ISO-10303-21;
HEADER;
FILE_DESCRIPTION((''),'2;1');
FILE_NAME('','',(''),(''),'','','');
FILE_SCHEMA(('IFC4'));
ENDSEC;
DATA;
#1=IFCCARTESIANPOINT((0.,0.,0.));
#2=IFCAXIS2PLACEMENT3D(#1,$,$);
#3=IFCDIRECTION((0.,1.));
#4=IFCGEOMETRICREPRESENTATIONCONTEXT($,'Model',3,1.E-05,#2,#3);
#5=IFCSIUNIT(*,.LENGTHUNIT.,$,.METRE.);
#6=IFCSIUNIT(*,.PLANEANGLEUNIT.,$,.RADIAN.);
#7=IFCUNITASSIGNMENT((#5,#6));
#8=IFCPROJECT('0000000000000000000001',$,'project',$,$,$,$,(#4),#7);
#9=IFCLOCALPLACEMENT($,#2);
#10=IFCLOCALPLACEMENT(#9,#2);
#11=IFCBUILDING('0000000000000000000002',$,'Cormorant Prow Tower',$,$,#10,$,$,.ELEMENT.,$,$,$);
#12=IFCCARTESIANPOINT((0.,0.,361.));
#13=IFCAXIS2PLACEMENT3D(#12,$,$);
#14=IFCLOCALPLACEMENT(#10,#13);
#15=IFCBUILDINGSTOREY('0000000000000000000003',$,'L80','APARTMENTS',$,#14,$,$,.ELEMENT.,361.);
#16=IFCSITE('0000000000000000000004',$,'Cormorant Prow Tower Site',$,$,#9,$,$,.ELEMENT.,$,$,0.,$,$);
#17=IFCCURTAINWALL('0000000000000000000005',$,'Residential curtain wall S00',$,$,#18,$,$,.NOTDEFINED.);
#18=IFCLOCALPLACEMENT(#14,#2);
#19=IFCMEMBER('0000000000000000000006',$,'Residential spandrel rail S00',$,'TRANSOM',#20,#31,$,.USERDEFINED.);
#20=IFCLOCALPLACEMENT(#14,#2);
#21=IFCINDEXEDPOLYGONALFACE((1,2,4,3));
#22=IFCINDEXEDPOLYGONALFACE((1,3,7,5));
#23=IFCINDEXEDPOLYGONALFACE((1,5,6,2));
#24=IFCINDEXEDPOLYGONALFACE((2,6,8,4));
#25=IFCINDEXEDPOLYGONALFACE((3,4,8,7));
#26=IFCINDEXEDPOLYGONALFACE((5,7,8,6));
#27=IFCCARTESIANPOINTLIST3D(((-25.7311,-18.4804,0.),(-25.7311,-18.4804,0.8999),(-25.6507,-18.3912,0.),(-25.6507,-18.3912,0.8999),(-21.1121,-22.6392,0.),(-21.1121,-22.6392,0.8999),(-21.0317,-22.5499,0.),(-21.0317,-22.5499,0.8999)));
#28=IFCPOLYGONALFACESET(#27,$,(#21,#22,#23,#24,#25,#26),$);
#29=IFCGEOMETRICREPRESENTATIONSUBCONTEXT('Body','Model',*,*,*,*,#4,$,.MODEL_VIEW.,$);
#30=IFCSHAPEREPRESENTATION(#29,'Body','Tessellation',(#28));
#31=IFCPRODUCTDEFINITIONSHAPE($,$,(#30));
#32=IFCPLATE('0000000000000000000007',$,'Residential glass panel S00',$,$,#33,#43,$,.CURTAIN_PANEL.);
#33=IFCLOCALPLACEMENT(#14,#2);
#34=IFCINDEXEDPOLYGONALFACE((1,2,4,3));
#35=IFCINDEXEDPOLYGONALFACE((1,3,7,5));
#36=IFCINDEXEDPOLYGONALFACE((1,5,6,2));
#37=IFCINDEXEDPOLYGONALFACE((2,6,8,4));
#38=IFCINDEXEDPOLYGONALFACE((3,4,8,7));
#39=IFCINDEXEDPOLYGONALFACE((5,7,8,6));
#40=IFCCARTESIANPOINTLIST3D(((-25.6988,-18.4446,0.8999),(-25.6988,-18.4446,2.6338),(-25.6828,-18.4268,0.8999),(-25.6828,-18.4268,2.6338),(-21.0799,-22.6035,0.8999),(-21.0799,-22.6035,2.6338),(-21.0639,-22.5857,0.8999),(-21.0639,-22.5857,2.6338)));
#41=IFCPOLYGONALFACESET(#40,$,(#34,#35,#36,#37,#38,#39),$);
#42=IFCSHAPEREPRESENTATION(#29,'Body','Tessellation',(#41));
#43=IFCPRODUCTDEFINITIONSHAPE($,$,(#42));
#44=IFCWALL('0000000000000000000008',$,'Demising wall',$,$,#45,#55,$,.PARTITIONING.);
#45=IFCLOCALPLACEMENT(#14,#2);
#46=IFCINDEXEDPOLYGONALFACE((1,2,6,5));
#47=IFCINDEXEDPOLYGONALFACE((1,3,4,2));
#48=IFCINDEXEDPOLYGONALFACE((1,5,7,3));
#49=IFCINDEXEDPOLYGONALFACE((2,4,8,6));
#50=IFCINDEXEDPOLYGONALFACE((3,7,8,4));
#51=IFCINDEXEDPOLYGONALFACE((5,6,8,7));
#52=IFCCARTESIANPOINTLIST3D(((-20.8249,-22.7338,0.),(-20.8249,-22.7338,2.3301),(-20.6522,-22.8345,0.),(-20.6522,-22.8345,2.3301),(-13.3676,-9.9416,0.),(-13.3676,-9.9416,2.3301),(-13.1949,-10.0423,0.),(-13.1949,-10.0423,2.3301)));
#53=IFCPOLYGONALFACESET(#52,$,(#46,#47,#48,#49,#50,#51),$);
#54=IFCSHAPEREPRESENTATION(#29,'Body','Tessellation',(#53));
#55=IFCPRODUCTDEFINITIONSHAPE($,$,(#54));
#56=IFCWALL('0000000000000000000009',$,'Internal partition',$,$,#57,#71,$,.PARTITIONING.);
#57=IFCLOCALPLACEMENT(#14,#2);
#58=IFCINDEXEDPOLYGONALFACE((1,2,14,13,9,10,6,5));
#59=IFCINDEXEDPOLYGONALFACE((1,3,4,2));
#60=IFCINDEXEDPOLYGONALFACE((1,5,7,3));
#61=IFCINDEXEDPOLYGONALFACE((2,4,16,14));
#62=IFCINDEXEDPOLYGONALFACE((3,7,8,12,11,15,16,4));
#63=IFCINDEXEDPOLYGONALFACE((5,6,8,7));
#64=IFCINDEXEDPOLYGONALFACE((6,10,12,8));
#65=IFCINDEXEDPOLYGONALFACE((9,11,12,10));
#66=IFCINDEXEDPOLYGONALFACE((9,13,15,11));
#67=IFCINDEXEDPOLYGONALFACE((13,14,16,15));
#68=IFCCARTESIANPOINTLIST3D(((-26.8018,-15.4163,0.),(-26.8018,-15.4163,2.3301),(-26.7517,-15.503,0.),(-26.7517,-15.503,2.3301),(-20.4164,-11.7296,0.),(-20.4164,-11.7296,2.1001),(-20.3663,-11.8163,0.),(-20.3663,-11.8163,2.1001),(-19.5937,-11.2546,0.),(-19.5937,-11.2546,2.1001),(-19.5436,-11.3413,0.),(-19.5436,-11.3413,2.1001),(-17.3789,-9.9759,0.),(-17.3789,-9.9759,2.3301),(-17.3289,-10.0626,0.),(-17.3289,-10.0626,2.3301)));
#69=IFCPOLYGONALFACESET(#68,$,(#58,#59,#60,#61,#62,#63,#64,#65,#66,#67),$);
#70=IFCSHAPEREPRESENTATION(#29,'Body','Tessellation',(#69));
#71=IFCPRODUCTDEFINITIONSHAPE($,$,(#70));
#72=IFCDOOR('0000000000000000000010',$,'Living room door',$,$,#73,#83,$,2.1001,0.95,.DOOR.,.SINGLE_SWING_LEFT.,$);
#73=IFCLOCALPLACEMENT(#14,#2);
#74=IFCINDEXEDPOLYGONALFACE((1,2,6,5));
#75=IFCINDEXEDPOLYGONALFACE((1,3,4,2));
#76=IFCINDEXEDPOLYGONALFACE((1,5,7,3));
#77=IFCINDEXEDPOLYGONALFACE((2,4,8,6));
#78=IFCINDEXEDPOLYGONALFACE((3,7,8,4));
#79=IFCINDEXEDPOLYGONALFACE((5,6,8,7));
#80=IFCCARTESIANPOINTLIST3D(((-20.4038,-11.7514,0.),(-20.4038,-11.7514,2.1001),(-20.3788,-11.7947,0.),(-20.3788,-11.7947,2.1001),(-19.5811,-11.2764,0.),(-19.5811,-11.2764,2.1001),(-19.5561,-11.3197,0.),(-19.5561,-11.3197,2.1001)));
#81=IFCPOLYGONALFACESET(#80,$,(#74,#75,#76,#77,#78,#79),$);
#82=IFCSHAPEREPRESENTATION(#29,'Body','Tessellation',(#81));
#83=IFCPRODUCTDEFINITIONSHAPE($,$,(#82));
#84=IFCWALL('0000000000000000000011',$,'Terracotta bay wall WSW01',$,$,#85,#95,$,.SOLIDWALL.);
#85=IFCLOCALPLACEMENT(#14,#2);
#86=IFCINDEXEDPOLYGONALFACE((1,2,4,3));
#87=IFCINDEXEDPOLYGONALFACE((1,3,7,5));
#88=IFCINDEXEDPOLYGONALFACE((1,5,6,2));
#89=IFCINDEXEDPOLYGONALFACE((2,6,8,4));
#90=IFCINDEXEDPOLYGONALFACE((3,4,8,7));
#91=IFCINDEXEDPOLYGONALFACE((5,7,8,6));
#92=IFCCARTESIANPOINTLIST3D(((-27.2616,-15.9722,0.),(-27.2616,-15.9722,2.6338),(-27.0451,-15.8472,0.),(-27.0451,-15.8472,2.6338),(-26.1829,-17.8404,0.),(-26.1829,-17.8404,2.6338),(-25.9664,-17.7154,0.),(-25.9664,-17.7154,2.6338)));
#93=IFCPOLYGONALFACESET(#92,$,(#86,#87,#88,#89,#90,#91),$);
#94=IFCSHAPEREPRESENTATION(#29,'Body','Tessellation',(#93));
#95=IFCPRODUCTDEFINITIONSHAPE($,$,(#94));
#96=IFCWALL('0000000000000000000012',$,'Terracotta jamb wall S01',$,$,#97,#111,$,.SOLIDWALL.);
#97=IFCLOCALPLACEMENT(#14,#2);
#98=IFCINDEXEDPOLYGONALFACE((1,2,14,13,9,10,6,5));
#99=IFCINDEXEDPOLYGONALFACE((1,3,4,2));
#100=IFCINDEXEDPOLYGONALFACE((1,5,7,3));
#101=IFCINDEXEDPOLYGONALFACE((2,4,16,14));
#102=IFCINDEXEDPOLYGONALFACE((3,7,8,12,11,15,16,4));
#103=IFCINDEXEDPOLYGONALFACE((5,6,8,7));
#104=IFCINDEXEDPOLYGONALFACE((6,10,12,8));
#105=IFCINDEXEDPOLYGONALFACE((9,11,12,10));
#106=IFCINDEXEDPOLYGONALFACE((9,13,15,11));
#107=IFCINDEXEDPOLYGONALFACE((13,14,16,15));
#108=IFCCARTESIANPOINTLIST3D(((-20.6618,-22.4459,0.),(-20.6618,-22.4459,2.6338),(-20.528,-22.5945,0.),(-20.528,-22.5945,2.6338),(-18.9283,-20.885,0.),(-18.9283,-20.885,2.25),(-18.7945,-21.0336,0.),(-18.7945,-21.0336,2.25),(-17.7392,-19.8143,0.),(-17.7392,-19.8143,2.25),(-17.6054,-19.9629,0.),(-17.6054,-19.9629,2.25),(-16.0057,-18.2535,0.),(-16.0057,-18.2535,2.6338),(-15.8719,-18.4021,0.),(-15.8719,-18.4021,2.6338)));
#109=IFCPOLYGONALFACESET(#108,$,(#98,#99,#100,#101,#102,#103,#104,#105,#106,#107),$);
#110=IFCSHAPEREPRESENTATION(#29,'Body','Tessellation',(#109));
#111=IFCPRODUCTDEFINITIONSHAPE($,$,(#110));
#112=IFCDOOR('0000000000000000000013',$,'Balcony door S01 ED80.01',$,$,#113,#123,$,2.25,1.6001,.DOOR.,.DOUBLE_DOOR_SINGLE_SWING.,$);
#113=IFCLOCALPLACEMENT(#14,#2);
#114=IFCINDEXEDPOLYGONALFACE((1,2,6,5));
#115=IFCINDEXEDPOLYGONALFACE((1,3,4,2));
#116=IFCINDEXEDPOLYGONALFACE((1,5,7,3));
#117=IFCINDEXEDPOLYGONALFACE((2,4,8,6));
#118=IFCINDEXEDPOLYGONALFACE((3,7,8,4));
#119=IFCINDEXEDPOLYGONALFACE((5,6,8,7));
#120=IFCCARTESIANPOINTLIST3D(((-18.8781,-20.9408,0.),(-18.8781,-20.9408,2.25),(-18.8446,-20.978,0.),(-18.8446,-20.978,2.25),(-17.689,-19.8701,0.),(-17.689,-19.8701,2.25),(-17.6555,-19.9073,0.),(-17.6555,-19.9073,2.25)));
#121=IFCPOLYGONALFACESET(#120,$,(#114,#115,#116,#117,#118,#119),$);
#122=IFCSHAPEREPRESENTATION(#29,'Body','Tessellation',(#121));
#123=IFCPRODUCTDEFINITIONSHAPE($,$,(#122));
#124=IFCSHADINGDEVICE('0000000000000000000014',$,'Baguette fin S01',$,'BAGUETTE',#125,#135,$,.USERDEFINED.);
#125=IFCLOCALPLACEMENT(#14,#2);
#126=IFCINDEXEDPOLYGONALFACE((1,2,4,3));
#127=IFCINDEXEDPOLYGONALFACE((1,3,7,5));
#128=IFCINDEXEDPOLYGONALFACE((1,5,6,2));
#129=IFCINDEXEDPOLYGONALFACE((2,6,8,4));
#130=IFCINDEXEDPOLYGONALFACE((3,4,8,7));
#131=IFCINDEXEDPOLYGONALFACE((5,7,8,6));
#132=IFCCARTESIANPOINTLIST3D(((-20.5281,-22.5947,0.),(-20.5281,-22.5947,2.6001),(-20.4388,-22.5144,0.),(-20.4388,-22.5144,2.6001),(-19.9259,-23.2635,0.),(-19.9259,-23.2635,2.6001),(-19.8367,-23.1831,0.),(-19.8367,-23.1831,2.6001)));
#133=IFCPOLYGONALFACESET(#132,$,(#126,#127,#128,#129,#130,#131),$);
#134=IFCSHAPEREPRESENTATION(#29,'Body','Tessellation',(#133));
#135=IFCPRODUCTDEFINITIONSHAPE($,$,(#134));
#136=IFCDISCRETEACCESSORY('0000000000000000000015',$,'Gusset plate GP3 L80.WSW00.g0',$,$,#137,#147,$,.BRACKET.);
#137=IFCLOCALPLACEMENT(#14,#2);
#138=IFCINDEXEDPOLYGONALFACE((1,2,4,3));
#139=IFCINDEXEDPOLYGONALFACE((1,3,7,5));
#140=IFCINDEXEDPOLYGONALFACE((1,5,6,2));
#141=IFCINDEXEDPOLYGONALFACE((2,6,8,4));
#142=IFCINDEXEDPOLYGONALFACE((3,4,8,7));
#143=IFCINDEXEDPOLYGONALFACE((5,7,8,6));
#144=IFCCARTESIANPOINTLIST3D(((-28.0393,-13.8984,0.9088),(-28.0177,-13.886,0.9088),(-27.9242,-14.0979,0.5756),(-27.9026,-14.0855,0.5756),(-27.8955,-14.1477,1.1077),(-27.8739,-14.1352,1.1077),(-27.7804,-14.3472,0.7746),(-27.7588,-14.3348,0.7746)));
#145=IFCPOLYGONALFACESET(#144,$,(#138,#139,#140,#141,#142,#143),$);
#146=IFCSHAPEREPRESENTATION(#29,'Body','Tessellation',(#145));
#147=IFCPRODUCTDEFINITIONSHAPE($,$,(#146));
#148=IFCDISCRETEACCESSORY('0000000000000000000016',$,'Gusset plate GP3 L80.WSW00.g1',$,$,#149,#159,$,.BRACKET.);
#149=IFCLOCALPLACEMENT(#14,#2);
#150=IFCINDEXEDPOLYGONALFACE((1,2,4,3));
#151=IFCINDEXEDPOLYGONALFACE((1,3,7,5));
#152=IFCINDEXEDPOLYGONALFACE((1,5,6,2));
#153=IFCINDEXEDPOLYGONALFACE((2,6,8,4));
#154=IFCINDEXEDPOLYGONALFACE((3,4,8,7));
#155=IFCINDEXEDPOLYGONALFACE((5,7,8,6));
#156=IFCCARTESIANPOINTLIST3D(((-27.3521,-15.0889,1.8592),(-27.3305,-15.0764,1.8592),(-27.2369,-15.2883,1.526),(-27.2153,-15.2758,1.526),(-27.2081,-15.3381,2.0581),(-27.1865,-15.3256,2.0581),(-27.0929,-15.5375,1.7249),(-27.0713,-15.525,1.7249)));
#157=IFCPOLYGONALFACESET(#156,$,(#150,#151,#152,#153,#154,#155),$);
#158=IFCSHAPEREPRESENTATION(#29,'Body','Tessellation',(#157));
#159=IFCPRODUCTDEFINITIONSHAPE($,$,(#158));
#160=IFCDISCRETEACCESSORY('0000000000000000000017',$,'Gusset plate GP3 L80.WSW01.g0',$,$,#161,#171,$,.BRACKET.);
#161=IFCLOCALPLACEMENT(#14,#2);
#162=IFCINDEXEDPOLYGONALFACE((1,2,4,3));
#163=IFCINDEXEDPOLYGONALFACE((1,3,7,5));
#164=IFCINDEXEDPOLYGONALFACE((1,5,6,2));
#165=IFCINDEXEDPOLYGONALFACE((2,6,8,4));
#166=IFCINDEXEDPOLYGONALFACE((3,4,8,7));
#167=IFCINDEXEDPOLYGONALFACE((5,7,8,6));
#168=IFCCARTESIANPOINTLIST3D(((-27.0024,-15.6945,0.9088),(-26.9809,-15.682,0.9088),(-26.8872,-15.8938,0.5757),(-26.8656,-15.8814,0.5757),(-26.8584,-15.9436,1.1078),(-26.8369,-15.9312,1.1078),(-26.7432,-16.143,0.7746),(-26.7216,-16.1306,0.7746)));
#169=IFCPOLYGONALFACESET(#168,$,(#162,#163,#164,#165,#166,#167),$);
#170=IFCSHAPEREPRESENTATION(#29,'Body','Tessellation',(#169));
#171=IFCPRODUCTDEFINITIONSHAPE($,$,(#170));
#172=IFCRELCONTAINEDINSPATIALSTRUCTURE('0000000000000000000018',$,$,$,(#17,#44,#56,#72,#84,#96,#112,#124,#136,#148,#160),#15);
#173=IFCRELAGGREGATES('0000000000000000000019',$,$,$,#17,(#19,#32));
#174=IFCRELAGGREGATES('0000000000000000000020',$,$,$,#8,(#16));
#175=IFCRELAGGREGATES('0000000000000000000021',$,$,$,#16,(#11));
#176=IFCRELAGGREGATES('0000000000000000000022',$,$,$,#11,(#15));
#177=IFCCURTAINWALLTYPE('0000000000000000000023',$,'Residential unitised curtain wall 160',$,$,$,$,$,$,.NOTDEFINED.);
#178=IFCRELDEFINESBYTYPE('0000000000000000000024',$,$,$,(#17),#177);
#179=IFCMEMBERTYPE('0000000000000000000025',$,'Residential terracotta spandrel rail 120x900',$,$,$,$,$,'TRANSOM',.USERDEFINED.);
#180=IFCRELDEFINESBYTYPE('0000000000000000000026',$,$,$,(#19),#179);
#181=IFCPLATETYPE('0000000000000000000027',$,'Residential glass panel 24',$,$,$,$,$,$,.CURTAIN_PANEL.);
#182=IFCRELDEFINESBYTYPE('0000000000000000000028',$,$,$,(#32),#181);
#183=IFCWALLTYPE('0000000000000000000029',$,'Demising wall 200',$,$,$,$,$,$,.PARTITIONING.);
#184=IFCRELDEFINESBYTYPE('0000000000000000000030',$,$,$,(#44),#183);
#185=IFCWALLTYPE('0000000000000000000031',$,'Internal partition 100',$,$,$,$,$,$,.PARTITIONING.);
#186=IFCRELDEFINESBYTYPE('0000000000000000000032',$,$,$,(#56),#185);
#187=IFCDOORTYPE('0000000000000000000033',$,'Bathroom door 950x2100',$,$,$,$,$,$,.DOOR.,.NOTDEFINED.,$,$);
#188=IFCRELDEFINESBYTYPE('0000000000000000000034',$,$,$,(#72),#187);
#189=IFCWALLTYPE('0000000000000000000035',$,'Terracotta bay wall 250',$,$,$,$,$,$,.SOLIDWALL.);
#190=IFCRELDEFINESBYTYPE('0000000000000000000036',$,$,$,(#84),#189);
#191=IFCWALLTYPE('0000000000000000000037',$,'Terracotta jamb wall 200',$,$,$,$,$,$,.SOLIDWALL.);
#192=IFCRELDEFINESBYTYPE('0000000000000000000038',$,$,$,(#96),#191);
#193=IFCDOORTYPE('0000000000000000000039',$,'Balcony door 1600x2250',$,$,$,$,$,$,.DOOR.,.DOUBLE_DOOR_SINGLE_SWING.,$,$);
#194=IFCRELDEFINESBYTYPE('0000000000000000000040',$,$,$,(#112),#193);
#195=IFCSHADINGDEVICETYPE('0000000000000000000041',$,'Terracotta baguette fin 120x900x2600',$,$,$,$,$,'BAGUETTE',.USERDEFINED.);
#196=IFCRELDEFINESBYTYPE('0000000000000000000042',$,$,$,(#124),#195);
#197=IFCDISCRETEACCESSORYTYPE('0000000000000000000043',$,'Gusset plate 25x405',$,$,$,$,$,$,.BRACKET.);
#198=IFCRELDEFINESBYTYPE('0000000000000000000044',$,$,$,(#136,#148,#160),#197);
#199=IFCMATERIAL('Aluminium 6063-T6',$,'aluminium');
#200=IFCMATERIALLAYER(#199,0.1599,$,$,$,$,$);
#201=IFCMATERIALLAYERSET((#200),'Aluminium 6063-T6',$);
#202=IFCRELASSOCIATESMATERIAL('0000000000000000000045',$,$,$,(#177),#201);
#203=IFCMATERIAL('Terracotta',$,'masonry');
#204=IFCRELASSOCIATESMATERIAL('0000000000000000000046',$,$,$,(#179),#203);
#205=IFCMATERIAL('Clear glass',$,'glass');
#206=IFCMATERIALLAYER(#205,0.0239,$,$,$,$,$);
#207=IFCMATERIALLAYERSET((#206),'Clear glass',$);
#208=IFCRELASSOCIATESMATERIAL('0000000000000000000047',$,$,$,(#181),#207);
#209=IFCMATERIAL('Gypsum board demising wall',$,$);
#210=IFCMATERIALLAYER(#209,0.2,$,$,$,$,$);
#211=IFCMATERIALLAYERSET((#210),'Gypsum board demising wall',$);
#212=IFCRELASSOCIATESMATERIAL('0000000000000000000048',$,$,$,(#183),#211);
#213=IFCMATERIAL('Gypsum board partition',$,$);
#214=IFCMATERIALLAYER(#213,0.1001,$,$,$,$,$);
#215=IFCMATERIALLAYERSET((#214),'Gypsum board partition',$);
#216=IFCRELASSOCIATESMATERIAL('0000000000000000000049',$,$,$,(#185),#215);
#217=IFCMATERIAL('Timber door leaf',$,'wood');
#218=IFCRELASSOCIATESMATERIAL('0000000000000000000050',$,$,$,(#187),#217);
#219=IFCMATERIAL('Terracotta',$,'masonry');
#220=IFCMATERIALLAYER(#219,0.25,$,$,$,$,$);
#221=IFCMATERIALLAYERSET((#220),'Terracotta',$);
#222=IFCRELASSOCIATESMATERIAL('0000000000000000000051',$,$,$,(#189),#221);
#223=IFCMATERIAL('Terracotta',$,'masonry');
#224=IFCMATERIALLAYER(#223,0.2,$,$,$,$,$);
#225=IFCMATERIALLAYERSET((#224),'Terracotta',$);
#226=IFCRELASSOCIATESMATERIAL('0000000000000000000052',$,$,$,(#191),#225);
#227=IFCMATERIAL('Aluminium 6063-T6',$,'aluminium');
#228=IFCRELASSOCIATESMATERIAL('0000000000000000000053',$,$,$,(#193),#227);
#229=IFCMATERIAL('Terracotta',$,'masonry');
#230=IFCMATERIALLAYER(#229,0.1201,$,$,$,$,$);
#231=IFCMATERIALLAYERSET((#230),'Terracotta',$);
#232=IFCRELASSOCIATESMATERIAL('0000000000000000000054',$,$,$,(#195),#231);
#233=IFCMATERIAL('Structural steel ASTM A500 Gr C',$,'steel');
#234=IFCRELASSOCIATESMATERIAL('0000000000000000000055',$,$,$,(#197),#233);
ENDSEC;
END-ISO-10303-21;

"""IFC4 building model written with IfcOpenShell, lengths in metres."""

from ifc_helpers import new_model, si_unit, direction, frame, frame_2d, origin, origin_2d, place, context, subcontext, project, spatial, rectangle, extrude, material, layer, layer_set, material_profile, profile_set, type_object, element, fill, aggregate, save


model = new_model("IFC4")

# Units and contexts
model_context = context("Model", 3, precision=1e-05, world=origin(), true_north=direction((0.0, 1.0)))
body_context = subcontext(model_context, "Body", "Model", "MODEL_VIEW")
ifc_project = project(units=[si_unit("LENGTHUNIT", "METRE"), si_unit("PLANEANGLEUNIT", "RADIAN")], contexts=[model_context])

# Site, building, storey
site_placement = place(None, origin())
site = spatial("IfcSite", under=ifc_project, at=site_placement, Name="Cormorant Prow Tower Site", CompositionType="ELEMENT", RefElevation=0.0)
building_placement = place(site_placement, origin())
building = spatial("IfcBuilding", under=site, at=building_placement, Name="Cormorant Prow Tower", CompositionType="ELEMENT")
storey_placement = place(building_placement, frame((0.0, 0.0, 361.0)))
storey = spatial("IfcBuildingStorey", under=building, at=storey_placement, Name="L80", Description="APARTMENTS", CompositionType="ELEMENT", Elevation=361.0)

# Curtain wall, member, plate
ifc_material_1 = material(Name="Aluminium 6063-T6", Category="aluminium")
ifc_layer_1 = layer(ifc_material_1, 0.1599)
ifc_layer_set_1 = layer_set([ifc_layer_1], Name="Aluminium 6063-T6")
curtain_wall_type = type_object("IfcCurtainWallType", Name="Residential unitised curtain wall 160", PredefinedType="NOTDEFINED", material=ifc_layer_set_1)
curtain_wall_placement = place(storey_placement, origin())
curtain_wall = element("IfcCurtainWall", 1, at=curtain_wall_placement, inside=storey, type_object=curtain_wall_type, Name="Residential curtain wall S00", PredefinedType="NOTDEFINED")
ifc_material_2 = material(Name="Terracotta", Category="masonry")
ifc_material_profile_1 = material_profile(ifc_material_2, rectangle(XDim=0.1201, YDim=0.8999, at=origin_2d()), Name="Residential terracotta spandrel rail 120x900")
ifc_profile_set_1 = profile_set([ifc_material_profile_1], Name="Terracotta")
member_type_1 = type_object("IfcMemberType", Name="Residential terracotta spandrel rail 120x900", ElementType="TRANSOM", PredefinedType="USERDEFINED", material=ifc_profile_set_1)
member_1_placement = place(storey_placement, frame((-25.6909, -18.4358, 0.45), z_axis=(0.743159, -0.669114, 0.0), x_axis=(0.669114, 0.743159, 0.0)))
member_1 = element("IfcMember", 2, at=member_1_placement, type_object=member_type_1, Name="Residential spandrel rail S00", ObjectType="TRANSOM", PredefinedType="USERDEFINED", context=body_context, shape_type="SweptSolid", body=[
    extrude(rectangle(XDim=0.1201, YDim=0.8999, at=origin_2d()), origin(), (0.0, 0.0, 1.0), 6.2153),
])
ifc_material_3 = material(Name="Clear glass", Category="glass")
ifc_layer_2 = layer(ifc_material_3, 0.0239)
ifc_layer_set_2 = layer_set([ifc_layer_2], Name="Clear glass")
plate_type = type_object("IfcPlateType", Name="Residential glass panel 24", PredefinedType="CURTAIN_PANEL", material=ifc_layer_set_2)
plate_placement = place(storey_placement, frame((-23.3813, -20.5151, 0.8999), z_axis=(0.0, 0.0, 1.0), x_axis=(0.743145, -0.669131, 0.0)))
plate = element("IfcPlate", 3, at=plate_placement, type_object=plate_type, Name="Residential glass panel S00", PredefinedType="CURTAIN_PANEL", context=body_context, shape_type="SweptSolid", body=[
    extrude(rectangle(XDim=6.2153, YDim=0.0239, at=origin_2d()), origin(), (0.0, 0.0, 1.0), 1.7339),
])
aggregate(curtain_wall, [member_1, plate])

# Wall
ifc_material_4 = material(Name="Gypsum board demising wall")
ifc_layer_3 = layer(ifc_material_4, 0.2)
ifc_layer_set_3 = layer_set([ifc_layer_3], Name="Gypsum board demising wall")
wall_type_1 = type_object("IfcWallType", Name="Demising wall 200", PredefinedType="PARTITIONING", material=ifc_layer_set_3)
wall_1_placement = place(storey_placement, frame((-20.7385, -22.7842, 0.0), z_axis=(0.0, 0.0, 1.0), x_axis=(0.503626, 0.863922, 0.0)))
element("IfcWall", 4, at=wall_1_placement, inside=storey, type_object=wall_type_1, Name="Demising wall", PredefinedType="PARTITIONING", context=body_context, shape_type="SweptSolid", body=[
    extrude(rectangle(XDim=14.8071, YDim=0.2, at=frame_2d((7.4036, 0.0))), origin(), (0.0, 0.0, 1.0), 2.3301),
])

# Wall, opening, door
ifc_material_5 = material(Name="Gypsum board partition")
ifc_layer_4 = layer(ifc_material_5, 0.1001)
ifc_layer_set_4 = layer_set([ifc_layer_4], Name="Gypsum board partition")
wall_type_2 = type_object("IfcWallType", Name="Internal partition 100", PredefinedType="PARTITIONING", material=ifc_layer_set_4)
wall_2_placement = place(storey_placement, frame((-26.7769, -15.4597, 0.0), z_axis=(0.0, 0.0, 1.0), x_axis=(0.86602, 0.50001, 0.0)))
wall_2 = element("IfcWall", 5, at=wall_2_placement, inside=storey, type_object=wall_type_2, Name="Internal partition", PredefinedType="PARTITIONING", context=body_context, shape_type="SweptSolid", body=[
    extrude(rectangle(XDim=10.8806, YDim=0.1001, at=frame_2d((5.4404, 0.0))), origin(), (0.0, 0.0, 1.0), 2.3301),
])
opening_1_placement = place(wall_2_placement, frame((7.3733, 0.0, 0.0)))
opening_1 = element("IfcOpeningElement", 6, at=opening_1_placement, cuts=wall_2, PredefinedType="OPENING", context=body_context, shape_type="SweptSolid", body=[
    extrude(rectangle(XDim=0.95, YDim=2.1001, at=frame_2d((0.4751, 1.05))), frame((0.0, 0.0601, 0.0), z_axis=(0.0, -1.0, 0.0), x_axis=(1.0, 0.0, 0.0)), (0.0, 0.0, 1.0), 0.1201),
])
ifc_material_6 = material(Name="Timber door leaf", Category="wood")
door_type_1 = type_object("IfcDoorType", Name="Bathroom door 950x2100", OperationType="NOTDEFINED", PredefinedType="DOOR", material=ifc_material_6)
door_1_placement = place(opening_1_placement, origin())
door_1 = element("IfcDoor", 7, at=door_1_placement, inside=storey, type_object=door_type_1, Name="Living room door", OperationType="SINGLE_SWING_LEFT", OverallHeight=2.1001, OverallWidth=0.95, PredefinedType="DOOR", context=body_context, shape_type="SweptSolid", body=[
    extrude(rectangle(XDim=0.95, YDim=2.1001, at=frame_2d((0.4751, 1.05))), frame((0.0, 0.0249, 0.0), z_axis=(0.0, -1.0, 0.0), x_axis=(1.0, 0.0, 0.0)), (0.0, 0.0, 1.0), 0.05),
])
fill(opening_1, door_1)

# Wall
ifc_material_7 = material(Name="Terracotta", Category="masonry")
ifc_layer_5 = layer(ifc_material_7, 0.25)
ifc_layer_set_5 = layer_set([ifc_layer_5], Name="Terracotta")
wall_type_3 = type_object("IfcWallType", Name="Terracotta bay wall 250", PredefinedType="SOLIDWALL", material=ifc_layer_set_5)
wall_3_placement = place(storey_placement, frame((-27.1533, -15.9097, 0.0), z_axis=(0.0, 0.0, 1.0), x_axis=(0.50001, -0.86602, 0.0)))
element("IfcWall", 8, at=wall_3_placement, inside=storey, type_object=wall_type_3, Name="Terracotta bay wall WSW01", PredefinedType="SOLIDWALL", context=body_context, shape_type="SweptSolid", body=[
    extrude(rectangle(XDim=2.1572, YDim=0.25, at=frame_2d((1.0786, 0.0))), origin(), (0.0, 0.0, 1.0), 2.6338),
])

# Wall, opening, door
ifc_material_8 = material(Name="Terracotta", Category="masonry")
ifc_layer_6 = layer(ifc_material_8, 0.2)
ifc_layer_set_6 = layer_set([ifc_layer_6], Name="Terracotta")
wall_type_4 = type_object("IfcWallType", Name="Terracotta jamb wall 200", PredefinedType="SOLIDWALL", material=ifc_layer_set_6)
wall_4_placement = place(storey_placement, frame((-20.595, -22.5203, 0.0), z_axis=(0.0, 0.0, 1.0), x_axis=(0.743137, 0.669139, 0.0)))
wall_4 = element("IfcWall", 9, at=wall_4_placement, inside=storey, type_object=wall_type_4, Name="Terracotta jamb wall S01", PredefinedType="SOLIDWALL", context=body_context, shape_type="SweptSolid", body=[
    extrude(rectangle(XDim=6.2654, YDim=0.2, at=frame_2d((3.1328, 0.0))), origin(), (0.0, 0.0, 1.0), 2.6338),
])
opening_2_placement = place(wall_4_placement, frame((2.3328, 0.0, 0.0)))
opening_2 = element("IfcOpeningElement", 10, at=opening_2_placement, cuts=wall_4, PredefinedType="OPENING", context=body_context, shape_type="SweptSolid", body=[
    extrude(rectangle(XDim=1.6001, YDim=2.25, at=frame_2d((0.8, 1.125))), frame((0.0, 0.1099, 0.0), z_axis=(0.0, -1.0, 0.0), x_axis=(1.0, 0.0, 0.0)), (0.0, 0.0, 1.0), 0.22),
])
ifc_material_9 = material(Name="Aluminium 6063-T6", Category="aluminium")
door_type_2 = type_object("IfcDoorType", Name="Balcony door 1600x2250", OperationType="DOUBLE_DOOR_SINGLE_SWING", PredefinedType="DOOR", material=ifc_material_9)
door_2_placement = place(opening_2_placement, origin())
door_2 = element("IfcDoor", 11, at=door_2_placement, inside=storey, type_object=door_type_2, Name="Balcony door S01 ED80.01", OperationType="DOUBLE_DOOR_SINGLE_SWING", OverallHeight=2.25, OverallWidth=1.6001, PredefinedType="DOOR", context=body_context, shape_type="SweptSolid", body=[
    extrude(rectangle(XDim=1.6001, YDim=2.25, at=frame_2d((0.8, 1.125))), frame((0.0, 0.0249, 0.0), z_axis=(0.0, -1.0, 0.0), x_axis=(1.0, 0.0, 0.0)), (0.0, 0.0, 1.0), 0.05),
])
fill(opening_2, door_2)

# Shading device
ifc_material_10 = material(Name="Terracotta", Category="masonry")
ifc_layer_7 = layer(ifc_material_10, 0.1201)
ifc_layer_set_7 = layer_set([ifc_layer_7], Name="Terracotta")
shading_device_type = type_object("IfcShadingDeviceType", Name="Terracotta baguette fin 120x900x2600", ElementType="BAGUETTE", PredefinedType="USERDEFINED", material=ifc_layer_set_7)
shading_device_placement = place(storey_placement, frame((-20.1824, -22.8889, 0.0), z_axis=(0.0, 0.0, 1.0), x_axis=(0.743145, 0.669131, 0.0)))
element("IfcShadingDevice", 12, at=shading_device_placement, inside=storey, type_object=shading_device_type, Name="Baguette fin S01", ObjectType="BAGUETTE", PredefinedType="USERDEFINED", context=body_context, shape_type="SweptSolid", body=[
    extrude(rectangle(XDim=0.1201, YDim=0.8999, at=origin_2d()), origin(), (0.0, 0.0, 1.0), 2.6001),
])

# Discrete accessories
ifc_material_11 = material(Name="Structural steel ASTM A500 Gr C", Category="steel")
ifc_material_profile_2 = material_profile(ifc_material_11, rectangle(XDim=0.0249, YDim=0.405, at=origin_2d()), Name="Gusset plate 25x405")
ifc_profile_set_2 = profile_set([ifc_material_profile_2], Name="Structural steel ASTM A500 Gr C")
discrete_accessory_type = type_object("IfcDiscreteAccessoryType", Name="Gusset plate 25x405", PredefinedType="BRACKET", material=ifc_profile_set_2)
for number, where, z_axis, x_axis, name in (
    (13, (-27.8271, -14.2412, 0.9412), (-0.411016, 0.712474, -0.568723), (-0.8662, -0.499698, 0.0), "Gusset plate GP3 L80.WSW00.g0"),
    (14, (-27.2837, -15.1824, 1.6926), (0.411596, -0.71227, 0.56856), (0.865832, 0.500334, 0.0), "Gusset plate GP3 L80.WSW00.g1"),
    (15, (-26.79, -16.0371, 0.9412), (-0.411596, 0.71227, -0.56856), (-0.865832, -0.500334, 0.0), "Gusset plate GP3 L80.WSW01.g0"),
):
    element("IfcDiscreteAccessory", number, at=place(storey_placement, frame(where, z_axis=z_axis, x_axis=x_axis)), inside=storey, type_object=discrete_accessory_type, Name=name, PredefinedType="BRACKET", context=body_context, shape_type="SweptSolid", body=[
        extrude(rectangle(XDim=0.0249, YDim=0.405, at=origin_2d()), origin(), (0.0, 0.0, 1.0), 0.3499),
    ])

save(model, "model.ifc")
